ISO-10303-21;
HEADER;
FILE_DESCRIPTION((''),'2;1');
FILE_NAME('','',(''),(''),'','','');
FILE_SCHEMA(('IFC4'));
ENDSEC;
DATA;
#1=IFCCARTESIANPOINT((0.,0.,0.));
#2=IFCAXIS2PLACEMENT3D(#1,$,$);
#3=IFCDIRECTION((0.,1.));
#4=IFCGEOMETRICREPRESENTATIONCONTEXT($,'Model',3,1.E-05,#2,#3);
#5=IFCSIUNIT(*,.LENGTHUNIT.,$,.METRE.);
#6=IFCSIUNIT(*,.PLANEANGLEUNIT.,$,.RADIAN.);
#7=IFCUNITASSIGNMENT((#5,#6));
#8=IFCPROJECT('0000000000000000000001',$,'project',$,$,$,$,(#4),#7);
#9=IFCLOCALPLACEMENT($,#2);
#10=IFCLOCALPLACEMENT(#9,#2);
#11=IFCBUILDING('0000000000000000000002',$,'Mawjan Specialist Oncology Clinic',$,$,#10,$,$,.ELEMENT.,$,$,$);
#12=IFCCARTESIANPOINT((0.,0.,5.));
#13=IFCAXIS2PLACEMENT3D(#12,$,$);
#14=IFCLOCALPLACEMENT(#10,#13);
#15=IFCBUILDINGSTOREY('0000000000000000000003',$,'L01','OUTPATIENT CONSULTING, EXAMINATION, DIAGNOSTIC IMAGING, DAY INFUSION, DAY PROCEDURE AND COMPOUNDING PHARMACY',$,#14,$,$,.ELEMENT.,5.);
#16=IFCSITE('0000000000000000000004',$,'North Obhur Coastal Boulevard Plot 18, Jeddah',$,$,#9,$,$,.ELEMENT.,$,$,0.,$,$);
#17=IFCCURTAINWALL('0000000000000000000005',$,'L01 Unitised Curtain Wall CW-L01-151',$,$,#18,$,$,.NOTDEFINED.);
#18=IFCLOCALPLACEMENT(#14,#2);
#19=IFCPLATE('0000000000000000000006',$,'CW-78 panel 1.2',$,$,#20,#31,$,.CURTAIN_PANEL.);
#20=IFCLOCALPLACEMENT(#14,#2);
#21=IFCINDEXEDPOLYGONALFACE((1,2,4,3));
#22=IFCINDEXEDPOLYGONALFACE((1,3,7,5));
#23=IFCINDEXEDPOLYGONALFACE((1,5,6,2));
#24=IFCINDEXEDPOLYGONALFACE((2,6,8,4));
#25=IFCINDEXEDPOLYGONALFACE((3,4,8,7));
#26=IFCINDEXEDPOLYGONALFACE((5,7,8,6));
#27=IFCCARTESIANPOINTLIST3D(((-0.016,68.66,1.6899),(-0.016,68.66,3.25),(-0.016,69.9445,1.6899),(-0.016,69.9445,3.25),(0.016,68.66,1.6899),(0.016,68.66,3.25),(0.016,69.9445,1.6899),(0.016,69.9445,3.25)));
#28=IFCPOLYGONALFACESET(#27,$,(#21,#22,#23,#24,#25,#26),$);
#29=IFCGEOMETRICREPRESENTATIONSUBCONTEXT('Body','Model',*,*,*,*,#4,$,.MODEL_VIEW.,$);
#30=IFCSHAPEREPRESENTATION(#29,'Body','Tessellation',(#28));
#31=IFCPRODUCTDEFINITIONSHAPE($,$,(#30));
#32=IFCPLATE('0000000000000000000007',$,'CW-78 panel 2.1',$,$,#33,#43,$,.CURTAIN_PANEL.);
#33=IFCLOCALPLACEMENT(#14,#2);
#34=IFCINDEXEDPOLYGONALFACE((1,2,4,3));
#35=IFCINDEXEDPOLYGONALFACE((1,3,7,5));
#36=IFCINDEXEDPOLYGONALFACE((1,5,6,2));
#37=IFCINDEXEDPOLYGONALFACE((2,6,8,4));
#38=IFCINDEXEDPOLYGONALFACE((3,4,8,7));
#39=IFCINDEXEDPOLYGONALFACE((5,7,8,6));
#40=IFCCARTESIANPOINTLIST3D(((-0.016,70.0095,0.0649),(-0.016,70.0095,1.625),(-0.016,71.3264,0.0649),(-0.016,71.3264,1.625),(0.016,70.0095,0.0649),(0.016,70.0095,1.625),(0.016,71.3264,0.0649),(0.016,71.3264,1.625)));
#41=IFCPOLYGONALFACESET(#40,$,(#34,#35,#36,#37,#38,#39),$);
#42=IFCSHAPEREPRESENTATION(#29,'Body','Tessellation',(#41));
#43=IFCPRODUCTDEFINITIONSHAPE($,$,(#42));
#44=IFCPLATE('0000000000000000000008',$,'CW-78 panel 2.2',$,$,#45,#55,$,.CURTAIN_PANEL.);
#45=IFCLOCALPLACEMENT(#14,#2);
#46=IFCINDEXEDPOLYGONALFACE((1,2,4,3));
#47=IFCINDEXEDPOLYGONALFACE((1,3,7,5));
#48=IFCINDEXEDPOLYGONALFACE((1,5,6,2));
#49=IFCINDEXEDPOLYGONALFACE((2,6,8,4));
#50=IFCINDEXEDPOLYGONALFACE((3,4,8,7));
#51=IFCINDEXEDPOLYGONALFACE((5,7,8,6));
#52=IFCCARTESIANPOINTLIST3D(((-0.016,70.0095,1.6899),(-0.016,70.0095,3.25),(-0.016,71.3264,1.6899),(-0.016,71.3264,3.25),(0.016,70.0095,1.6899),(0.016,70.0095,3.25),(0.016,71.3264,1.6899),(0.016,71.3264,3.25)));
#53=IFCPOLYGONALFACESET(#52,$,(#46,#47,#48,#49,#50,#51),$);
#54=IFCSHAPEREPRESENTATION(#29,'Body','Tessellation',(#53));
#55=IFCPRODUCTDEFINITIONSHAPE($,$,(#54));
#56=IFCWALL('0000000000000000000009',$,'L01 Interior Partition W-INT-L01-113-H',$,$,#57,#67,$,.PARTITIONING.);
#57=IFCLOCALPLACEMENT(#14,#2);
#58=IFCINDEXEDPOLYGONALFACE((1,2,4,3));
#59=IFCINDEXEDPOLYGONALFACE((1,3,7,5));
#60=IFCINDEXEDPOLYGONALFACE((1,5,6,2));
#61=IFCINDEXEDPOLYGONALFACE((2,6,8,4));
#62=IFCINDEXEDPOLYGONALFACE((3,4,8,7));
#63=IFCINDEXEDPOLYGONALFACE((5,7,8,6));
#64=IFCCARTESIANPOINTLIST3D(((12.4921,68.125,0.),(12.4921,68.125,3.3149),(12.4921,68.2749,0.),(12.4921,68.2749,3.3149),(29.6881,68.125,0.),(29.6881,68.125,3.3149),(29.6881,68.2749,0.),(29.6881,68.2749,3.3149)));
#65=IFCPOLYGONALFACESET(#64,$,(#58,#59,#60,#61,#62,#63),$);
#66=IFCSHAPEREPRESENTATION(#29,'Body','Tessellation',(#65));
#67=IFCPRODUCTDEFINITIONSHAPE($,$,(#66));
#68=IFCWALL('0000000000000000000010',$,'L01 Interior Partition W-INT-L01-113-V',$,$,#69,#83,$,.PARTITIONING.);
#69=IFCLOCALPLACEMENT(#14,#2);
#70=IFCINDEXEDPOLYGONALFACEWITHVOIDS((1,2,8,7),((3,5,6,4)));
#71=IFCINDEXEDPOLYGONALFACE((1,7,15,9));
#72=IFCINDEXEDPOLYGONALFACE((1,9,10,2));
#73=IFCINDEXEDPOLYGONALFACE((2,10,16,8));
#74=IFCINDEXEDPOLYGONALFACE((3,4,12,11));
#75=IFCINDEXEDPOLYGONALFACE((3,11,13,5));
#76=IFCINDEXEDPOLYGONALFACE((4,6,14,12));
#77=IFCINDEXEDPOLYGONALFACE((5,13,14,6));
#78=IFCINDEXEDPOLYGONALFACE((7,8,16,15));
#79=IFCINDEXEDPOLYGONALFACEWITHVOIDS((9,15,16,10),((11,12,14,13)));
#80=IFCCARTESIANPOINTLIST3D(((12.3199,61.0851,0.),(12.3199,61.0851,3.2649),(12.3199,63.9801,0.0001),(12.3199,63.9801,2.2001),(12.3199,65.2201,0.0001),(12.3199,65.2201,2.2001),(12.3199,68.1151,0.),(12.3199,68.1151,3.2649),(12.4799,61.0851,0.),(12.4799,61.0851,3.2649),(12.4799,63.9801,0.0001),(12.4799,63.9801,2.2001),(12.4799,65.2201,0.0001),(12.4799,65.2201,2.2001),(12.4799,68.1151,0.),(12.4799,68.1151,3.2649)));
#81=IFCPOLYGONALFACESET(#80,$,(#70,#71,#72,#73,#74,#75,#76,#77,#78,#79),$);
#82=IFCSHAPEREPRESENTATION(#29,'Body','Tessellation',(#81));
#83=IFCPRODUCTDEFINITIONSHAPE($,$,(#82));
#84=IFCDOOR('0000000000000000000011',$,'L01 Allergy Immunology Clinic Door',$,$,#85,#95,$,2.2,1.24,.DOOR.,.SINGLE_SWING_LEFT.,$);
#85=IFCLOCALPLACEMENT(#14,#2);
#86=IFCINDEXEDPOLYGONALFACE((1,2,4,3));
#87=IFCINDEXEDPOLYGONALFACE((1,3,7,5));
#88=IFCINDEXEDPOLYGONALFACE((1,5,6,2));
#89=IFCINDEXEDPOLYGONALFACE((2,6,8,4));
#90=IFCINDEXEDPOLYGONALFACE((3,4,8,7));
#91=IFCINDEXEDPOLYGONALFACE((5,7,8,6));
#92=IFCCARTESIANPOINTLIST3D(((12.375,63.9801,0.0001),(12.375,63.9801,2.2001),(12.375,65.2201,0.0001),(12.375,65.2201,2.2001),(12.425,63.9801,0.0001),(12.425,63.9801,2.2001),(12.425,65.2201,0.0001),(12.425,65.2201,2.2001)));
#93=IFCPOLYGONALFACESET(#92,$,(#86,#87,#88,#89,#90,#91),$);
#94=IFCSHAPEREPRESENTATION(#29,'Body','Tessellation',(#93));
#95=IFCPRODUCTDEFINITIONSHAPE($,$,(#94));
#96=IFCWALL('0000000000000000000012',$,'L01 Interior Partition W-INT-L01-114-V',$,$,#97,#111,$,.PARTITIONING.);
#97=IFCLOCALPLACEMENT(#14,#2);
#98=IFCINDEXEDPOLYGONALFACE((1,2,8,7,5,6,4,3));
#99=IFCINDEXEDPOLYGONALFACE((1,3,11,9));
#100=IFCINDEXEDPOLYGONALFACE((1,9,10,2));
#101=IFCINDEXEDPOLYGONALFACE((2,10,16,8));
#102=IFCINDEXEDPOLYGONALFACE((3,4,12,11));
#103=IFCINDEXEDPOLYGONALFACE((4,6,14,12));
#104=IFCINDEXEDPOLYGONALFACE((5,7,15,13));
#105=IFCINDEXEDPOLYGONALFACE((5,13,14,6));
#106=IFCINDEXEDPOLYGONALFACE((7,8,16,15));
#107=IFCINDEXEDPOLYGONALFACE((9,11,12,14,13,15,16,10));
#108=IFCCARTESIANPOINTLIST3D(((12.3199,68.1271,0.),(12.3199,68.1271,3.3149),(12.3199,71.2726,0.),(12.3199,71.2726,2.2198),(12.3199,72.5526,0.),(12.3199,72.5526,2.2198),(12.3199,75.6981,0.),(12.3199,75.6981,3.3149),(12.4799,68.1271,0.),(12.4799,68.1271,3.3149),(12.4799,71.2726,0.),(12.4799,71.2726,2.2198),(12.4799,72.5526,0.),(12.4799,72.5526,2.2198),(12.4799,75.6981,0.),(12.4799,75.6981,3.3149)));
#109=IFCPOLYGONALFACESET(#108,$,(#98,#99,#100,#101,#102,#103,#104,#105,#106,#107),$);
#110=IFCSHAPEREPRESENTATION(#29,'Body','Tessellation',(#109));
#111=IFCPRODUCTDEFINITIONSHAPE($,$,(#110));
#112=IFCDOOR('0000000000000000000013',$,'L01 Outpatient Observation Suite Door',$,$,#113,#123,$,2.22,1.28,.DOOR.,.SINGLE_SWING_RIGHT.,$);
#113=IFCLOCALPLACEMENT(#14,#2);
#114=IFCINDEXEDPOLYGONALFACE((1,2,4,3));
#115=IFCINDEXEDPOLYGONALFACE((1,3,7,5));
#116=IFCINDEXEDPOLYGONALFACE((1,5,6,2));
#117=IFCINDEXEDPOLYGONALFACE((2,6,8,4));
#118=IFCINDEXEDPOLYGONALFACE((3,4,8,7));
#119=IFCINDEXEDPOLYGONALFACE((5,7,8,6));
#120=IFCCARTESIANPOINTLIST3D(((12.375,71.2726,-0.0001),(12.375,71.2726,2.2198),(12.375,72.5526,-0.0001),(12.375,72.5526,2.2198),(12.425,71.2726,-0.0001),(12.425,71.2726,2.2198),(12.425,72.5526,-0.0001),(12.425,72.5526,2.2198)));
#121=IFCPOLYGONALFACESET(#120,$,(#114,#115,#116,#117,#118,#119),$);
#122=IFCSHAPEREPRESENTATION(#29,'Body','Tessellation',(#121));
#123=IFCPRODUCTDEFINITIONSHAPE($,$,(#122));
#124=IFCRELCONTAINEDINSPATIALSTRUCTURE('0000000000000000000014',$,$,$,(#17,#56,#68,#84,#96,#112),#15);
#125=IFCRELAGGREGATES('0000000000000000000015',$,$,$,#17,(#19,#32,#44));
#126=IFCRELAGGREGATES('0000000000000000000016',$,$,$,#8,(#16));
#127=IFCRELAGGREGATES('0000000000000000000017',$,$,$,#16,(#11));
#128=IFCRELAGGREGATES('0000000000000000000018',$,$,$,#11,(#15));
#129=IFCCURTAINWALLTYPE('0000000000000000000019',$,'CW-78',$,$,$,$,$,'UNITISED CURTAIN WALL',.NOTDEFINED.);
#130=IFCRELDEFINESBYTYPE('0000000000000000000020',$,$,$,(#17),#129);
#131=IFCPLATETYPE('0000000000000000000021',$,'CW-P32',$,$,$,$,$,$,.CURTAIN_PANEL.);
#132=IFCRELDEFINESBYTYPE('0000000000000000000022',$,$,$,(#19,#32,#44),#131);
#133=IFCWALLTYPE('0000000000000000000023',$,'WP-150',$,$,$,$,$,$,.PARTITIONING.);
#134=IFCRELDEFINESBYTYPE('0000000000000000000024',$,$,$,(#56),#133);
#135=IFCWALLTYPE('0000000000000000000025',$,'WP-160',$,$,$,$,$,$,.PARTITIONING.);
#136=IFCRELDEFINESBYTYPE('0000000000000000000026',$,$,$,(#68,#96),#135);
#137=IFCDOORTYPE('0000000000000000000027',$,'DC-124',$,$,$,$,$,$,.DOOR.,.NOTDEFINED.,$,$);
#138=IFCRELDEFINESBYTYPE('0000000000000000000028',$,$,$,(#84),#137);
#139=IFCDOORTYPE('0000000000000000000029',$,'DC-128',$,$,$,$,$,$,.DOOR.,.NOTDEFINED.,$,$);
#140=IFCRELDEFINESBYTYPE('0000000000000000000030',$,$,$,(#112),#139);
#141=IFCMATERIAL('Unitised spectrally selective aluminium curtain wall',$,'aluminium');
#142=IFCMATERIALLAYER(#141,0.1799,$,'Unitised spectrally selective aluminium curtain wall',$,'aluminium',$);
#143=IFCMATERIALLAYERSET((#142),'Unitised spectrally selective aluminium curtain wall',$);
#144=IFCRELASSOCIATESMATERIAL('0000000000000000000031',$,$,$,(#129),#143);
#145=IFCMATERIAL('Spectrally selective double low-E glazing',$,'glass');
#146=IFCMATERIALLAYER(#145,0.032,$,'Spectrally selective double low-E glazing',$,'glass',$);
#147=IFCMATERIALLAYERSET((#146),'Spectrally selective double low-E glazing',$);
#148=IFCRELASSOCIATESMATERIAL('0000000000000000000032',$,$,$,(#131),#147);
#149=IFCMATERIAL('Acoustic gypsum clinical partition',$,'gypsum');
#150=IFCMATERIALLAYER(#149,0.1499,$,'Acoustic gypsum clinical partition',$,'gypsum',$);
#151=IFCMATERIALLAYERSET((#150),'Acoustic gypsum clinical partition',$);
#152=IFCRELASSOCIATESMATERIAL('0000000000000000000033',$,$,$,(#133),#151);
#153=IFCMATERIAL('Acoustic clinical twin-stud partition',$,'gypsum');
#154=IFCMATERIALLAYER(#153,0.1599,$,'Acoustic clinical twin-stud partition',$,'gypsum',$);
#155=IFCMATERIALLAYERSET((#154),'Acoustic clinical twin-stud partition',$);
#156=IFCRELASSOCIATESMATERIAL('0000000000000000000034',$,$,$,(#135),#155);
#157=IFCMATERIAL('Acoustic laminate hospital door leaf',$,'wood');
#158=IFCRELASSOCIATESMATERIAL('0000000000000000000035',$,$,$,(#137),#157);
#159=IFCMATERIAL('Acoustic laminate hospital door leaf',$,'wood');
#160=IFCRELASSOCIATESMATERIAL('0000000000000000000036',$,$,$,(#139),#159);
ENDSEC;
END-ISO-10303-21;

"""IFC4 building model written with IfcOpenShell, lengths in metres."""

from ifc_helpers import new_model, si_unit, direction, frame, frame_2d, origin, origin_2d, place, context, subcontext, project, spatial, rectangle, extrude, material, layer, layer_set, type_object, element, fill, aggregate, save


model = new_model("IFC4")

# Units and contexts
model_context = context("Model", 3, precision=1e-05, world=origin(), true_north=direction((0.0, 1.0)))
body_context = subcontext(model_context, "Body", "Model", "MODEL_VIEW")
ifc_project = project(units=[si_unit("LENGTHUNIT", "METRE"), si_unit("PLANEANGLEUNIT", "RADIAN")], contexts=[model_context])

# Site, building, storey
site_placement = place(None, origin())
site = spatial("IfcSite", under=ifc_project, at=site_placement, Name="North Obhur Coastal Boulevard Plot 18, Jeddah", CompositionType="ELEMENT", RefElevation=0.0)
building_placement = place(site_placement, origin())
building = spatial("IfcBuilding", under=site, at=building_placement, Name="Mawjan Specialist Oncology Clinic", CompositionType="ELEMENT")
storey_placement = place(building_placement, frame((0.0, 0.0, 5.0)))
storey = spatial("IfcBuildingStorey", under=building, at=storey_placement, Name="L01", Description="OUTPATIENT CONSULTING, EXAMINATION, DIAGNOSTIC IMAGING, DAY INFUSION, DAY PROCEDURE AND COMPOUNDING PHARMACY", CompositionType="ELEMENT", Elevation=5.0)

# Curtain wall
ifc_material_1 = material(Name="Unitised spectrally selective aluminium curtain wall", Category="aluminium")
ifc_layer_1 = layer(ifc_material_1, 0.1799, Name="Unitised spectrally selective aluminium curtain wall", Category="aluminium")
ifc_layer_set_1 = layer_set([ifc_layer_1], Name="Unitised spectrally selective aluminium curtain wall")
curtain_wall_type_1 = type_object("IfcCurtainWallType", Name="CW-78", ElementType="UNITISED CURTAIN WALL", PredefinedType="NOTDEFINED", material=ifc_layer_set_1)
curtain_wall_1_placement = place(storey_placement, origin())
curtain_wall_1 = element("IfcCurtainWall", 1, at=curtain_wall_1_placement, inside=storey, type_object=curtain_wall_type_1, Name="L01 Unitised Curtain Wall CW-L01-151", PredefinedType="NOTDEFINED")

# Plates
ifc_material_2 = material(Name="Spectrally selective double low-E glazing", Category="glass")
ifc_layer_2 = layer(ifc_material_2, 0.032, Name="Spectrally selective double low-E glazing", Category="glass")
ifc_layer_set_2 = layer_set([ifc_layer_2], Name="Spectrally selective double low-E glazing")
plate_type = type_object("IfcPlateType", Name="CW-P32", PredefinedType="CURTAIN_PANEL", material=ifc_layer_set_2)
plate_1_placement = place(storey_placement, frame((0.0, 69.3022, 1.6899), z_axis=(0.0, 0.0, 1.0), x_axis=(0.0, 1.0, 0.0)))
plate_1 = element("IfcPlate", 2, at=plate_1_placement, type_object=plate_type, Name="CW-78 panel 1.2", PredefinedType="CURTAIN_PANEL", context=body_context, shape_type="SweptSolid", body=[
    extrude(rectangle(XDim=1.2844, YDim=0.032, at=origin_2d()), origin(), (0.0, 0.0, 1.0), 1.5601),
])
plate_2_placement = place(storey_placement, frame((0.0, 70.668, 0.0649), z_axis=(0.0, 0.0, 1.0), x_axis=(0.0, 1.0, 0.0)))
plate_2 = element("IfcPlate", 3, at=plate_2_placement, type_object=plate_type, Name="CW-78 panel 2.1", PredefinedType="CURTAIN_PANEL", context=body_context, shape_type="SweptSolid", body=[
    extrude(rectangle(XDim=1.3169, YDim=0.032, at=origin_2d()), origin(), (0.0, 0.0, 1.0), 1.5601),
])
plate_3_placement = place(storey_placement, frame((0.0, 70.668, 1.6899), z_axis=(0.0, 0.0, 1.0), x_axis=(0.0, 1.0, 0.0)))
plate_3 = element("IfcPlate", 4, at=plate_3_placement, type_object=plate_type, Name="CW-78 panel 2.2", PredefinedType="CURTAIN_PANEL", context=body_context, shape_type="SweptSolid", body=[
    extrude(rectangle(XDim=1.3169, YDim=0.032, at=origin_2d()), origin(), (0.0, 0.0, 1.0), 1.5601),
])
aggregate(curtain_wall_1, [plate_1, plate_2, plate_3])

# Wall
ifc_material_3 = material(Name="Acoustic gypsum clinical partition", Category="gypsum")
ifc_layer_3 = layer(ifc_material_3, 0.1499, Name="Acoustic gypsum clinical partition", Category="gypsum")
ifc_layer_set_3 = layer_set([ifc_layer_3], Name="Acoustic gypsum clinical partition")
wall_type_1 = type_object("IfcWallType", Name="WP-150", PredefinedType="PARTITIONING", material=ifc_layer_set_3)
wall_1_placement = place(storey_placement, frame((12.4919, 68.2, 0.0), z_axis=(0.0, 0.0, 1.0), x_axis=(1.0, 0.0, 0.0)))
element("IfcWall", 5, at=wall_1_placement, inside=storey, type_object=wall_type_1, Name="L01 Interior Partition W-INT-L01-113-H", PredefinedType="PARTITIONING", context=body_context, shape_type="SweptSolid", body=[
    extrude(rectangle(XDim=17.196, YDim=0.1499, at=frame_2d((8.5981, 0.0))), origin(), (0.0, 0.0, 1.0), 3.3149),
])

# Walls, openings, doors
ifc_material_4 = material(Name="Acoustic clinical twin-stud partition", Category="gypsum")
ifc_layer_4 = layer(ifc_material_4, 0.1599, Name="Acoustic clinical twin-stud partition", Category="gypsum")
ifc_layer_set_4 = layer_set([ifc_layer_4], Name="Acoustic clinical twin-stud partition")
wall_type_2 = type_object("IfcWallType", Name="WP-160", PredefinedType="PARTITIONING", material=ifc_layer_set_4)
wall_2_placement = place(storey_placement, frame((12.3999, 61.085, 0.0), z_axis=(0.0, 0.0, 1.0), x_axis=(0.0, 1.0, 0.0)))
wall_2 = element("IfcWall", 6, at=wall_2_placement, inside=storey, type_object=wall_type_2, Name="L01 Interior Partition W-INT-L01-113-V", PredefinedType="PARTITIONING", context=body_context, shape_type="SweptSolid", body=[
    extrude(rectangle(XDim=7.03, YDim=0.1599, at=frame_2d((3.5151, 0.0))), origin(), (0.0, 0.0, 1.0), 3.2649),
])
opening_1_placement = place(wall_2_placement, frame((2.895, 0.0, 0.0)))
opening_1 = element("IfcOpeningElement", 7, at=opening_1_placement, cuts=wall_2, PredefinedType="OPENING", context=body_context, shape_type="SweptSolid", body=[
    extrude(rectangle(XDim=1.24, YDim=2.2, at=frame_2d((0.6201, 1.1001))), frame((0.0, 0.092, 0.0), z_axis=(0.0, -1.0, 0.0), x_axis=(1.0, 0.0, 0.0)), (0.0, 0.0, 1.0), 0.1838),
])
ifc_material_5 = material(Name="Acoustic laminate hospital door leaf", Category="wood")
door_type_1 = type_object("IfcDoorType", Name="DC-124", OperationType="NOTDEFINED", PredefinedType="DOOR", material=ifc_material_5)
door_1_placement = place(opening_1_placement, origin())
door_1 = element("IfcDoor", 8, at=door_1_placement, inside=storey, type_object=door_type_1, Name="L01 Allergy Immunology Clinic Door", OperationType="SINGLE_SWING_LEFT", OverallHeight=2.2, OverallWidth=1.24, PredefinedType="DOOR", context=body_context, shape_type="SweptSolid", body=[
    extrude(rectangle(XDim=1.24, YDim=2.2, at=frame_2d((0.6201, 1.1001))), frame((0.0, 0.0249, 0.0), z_axis=(0.0, -1.0, 0.0), x_axis=(1.0, 0.0, 0.0)), (0.0, 0.0, 1.0), 0.05),
])
fill(opening_1, door_1)
wall_3_placement = place(storey_placement, frame((12.3999, 68.127, 0.0), z_axis=(0.0, 0.0, 1.0), x_axis=(0.0, 1.0, 0.0)))
wall_3 = element("IfcWall", 9, at=wall_3_placement, inside=storey, type_object=wall_type_2, Name="L01 Interior Partition W-INT-L01-114-V", PredefinedType="PARTITIONING", context=body_context, shape_type="SweptSolid", body=[
    extrude(rectangle(XDim=7.571, YDim=0.1599, at=frame_2d((3.7856, 0.0))), origin(), (0.0, 0.0, 1.0), 3.3149),
])
opening_2_placement = place(wall_3_placement, frame((3.1455, 0.0, 0.0)))
opening_2 = element("IfcOpeningElement", 10, at=opening_2_placement, cuts=wall_3, PredefinedType="OPENING", context=body_context, shape_type="SweptSolid", body=[
    extrude(rectangle(XDim=1.28, YDim=2.22, at=frame_2d((0.6401, 1.1099))), frame((0.0, 0.092, 0.0), z_axis=(0.0, -1.0, 0.0), x_axis=(1.0, 0.0, 0.0)), (0.0, 0.0, 1.0), 0.1838),
])
ifc_material_6 = material(Name="Acoustic laminate hospital door leaf", Category="wood")
door_type_2 = type_object("IfcDoorType", Name="DC-128", OperationType="NOTDEFINED", PredefinedType="DOOR", material=ifc_material_6)
door_2_placement = place(opening_2_placement, origin())
door_2 = element("IfcDoor", 11, at=door_2_placement, inside=storey, type_object=door_type_2, Name="L01 Outpatient Observation Suite Door", OperationType="SINGLE_SWING_RIGHT", OverallHeight=2.22, OverallWidth=1.28, PredefinedType="DOOR", context=body_context, shape_type="SweptSolid", body=[
    extrude(rectangle(XDim=1.28, YDim=2.22, at=frame_2d((0.6401, 1.1099))), frame((0.0, 0.0249, 0.0), z_axis=(0.0, -1.0, 0.0), x_axis=(1.0, 0.0, 0.0)), (0.0, 0.0, 1.0), 0.05),
])
fill(opening_2, door_2)

save(model, "model.ifc")
